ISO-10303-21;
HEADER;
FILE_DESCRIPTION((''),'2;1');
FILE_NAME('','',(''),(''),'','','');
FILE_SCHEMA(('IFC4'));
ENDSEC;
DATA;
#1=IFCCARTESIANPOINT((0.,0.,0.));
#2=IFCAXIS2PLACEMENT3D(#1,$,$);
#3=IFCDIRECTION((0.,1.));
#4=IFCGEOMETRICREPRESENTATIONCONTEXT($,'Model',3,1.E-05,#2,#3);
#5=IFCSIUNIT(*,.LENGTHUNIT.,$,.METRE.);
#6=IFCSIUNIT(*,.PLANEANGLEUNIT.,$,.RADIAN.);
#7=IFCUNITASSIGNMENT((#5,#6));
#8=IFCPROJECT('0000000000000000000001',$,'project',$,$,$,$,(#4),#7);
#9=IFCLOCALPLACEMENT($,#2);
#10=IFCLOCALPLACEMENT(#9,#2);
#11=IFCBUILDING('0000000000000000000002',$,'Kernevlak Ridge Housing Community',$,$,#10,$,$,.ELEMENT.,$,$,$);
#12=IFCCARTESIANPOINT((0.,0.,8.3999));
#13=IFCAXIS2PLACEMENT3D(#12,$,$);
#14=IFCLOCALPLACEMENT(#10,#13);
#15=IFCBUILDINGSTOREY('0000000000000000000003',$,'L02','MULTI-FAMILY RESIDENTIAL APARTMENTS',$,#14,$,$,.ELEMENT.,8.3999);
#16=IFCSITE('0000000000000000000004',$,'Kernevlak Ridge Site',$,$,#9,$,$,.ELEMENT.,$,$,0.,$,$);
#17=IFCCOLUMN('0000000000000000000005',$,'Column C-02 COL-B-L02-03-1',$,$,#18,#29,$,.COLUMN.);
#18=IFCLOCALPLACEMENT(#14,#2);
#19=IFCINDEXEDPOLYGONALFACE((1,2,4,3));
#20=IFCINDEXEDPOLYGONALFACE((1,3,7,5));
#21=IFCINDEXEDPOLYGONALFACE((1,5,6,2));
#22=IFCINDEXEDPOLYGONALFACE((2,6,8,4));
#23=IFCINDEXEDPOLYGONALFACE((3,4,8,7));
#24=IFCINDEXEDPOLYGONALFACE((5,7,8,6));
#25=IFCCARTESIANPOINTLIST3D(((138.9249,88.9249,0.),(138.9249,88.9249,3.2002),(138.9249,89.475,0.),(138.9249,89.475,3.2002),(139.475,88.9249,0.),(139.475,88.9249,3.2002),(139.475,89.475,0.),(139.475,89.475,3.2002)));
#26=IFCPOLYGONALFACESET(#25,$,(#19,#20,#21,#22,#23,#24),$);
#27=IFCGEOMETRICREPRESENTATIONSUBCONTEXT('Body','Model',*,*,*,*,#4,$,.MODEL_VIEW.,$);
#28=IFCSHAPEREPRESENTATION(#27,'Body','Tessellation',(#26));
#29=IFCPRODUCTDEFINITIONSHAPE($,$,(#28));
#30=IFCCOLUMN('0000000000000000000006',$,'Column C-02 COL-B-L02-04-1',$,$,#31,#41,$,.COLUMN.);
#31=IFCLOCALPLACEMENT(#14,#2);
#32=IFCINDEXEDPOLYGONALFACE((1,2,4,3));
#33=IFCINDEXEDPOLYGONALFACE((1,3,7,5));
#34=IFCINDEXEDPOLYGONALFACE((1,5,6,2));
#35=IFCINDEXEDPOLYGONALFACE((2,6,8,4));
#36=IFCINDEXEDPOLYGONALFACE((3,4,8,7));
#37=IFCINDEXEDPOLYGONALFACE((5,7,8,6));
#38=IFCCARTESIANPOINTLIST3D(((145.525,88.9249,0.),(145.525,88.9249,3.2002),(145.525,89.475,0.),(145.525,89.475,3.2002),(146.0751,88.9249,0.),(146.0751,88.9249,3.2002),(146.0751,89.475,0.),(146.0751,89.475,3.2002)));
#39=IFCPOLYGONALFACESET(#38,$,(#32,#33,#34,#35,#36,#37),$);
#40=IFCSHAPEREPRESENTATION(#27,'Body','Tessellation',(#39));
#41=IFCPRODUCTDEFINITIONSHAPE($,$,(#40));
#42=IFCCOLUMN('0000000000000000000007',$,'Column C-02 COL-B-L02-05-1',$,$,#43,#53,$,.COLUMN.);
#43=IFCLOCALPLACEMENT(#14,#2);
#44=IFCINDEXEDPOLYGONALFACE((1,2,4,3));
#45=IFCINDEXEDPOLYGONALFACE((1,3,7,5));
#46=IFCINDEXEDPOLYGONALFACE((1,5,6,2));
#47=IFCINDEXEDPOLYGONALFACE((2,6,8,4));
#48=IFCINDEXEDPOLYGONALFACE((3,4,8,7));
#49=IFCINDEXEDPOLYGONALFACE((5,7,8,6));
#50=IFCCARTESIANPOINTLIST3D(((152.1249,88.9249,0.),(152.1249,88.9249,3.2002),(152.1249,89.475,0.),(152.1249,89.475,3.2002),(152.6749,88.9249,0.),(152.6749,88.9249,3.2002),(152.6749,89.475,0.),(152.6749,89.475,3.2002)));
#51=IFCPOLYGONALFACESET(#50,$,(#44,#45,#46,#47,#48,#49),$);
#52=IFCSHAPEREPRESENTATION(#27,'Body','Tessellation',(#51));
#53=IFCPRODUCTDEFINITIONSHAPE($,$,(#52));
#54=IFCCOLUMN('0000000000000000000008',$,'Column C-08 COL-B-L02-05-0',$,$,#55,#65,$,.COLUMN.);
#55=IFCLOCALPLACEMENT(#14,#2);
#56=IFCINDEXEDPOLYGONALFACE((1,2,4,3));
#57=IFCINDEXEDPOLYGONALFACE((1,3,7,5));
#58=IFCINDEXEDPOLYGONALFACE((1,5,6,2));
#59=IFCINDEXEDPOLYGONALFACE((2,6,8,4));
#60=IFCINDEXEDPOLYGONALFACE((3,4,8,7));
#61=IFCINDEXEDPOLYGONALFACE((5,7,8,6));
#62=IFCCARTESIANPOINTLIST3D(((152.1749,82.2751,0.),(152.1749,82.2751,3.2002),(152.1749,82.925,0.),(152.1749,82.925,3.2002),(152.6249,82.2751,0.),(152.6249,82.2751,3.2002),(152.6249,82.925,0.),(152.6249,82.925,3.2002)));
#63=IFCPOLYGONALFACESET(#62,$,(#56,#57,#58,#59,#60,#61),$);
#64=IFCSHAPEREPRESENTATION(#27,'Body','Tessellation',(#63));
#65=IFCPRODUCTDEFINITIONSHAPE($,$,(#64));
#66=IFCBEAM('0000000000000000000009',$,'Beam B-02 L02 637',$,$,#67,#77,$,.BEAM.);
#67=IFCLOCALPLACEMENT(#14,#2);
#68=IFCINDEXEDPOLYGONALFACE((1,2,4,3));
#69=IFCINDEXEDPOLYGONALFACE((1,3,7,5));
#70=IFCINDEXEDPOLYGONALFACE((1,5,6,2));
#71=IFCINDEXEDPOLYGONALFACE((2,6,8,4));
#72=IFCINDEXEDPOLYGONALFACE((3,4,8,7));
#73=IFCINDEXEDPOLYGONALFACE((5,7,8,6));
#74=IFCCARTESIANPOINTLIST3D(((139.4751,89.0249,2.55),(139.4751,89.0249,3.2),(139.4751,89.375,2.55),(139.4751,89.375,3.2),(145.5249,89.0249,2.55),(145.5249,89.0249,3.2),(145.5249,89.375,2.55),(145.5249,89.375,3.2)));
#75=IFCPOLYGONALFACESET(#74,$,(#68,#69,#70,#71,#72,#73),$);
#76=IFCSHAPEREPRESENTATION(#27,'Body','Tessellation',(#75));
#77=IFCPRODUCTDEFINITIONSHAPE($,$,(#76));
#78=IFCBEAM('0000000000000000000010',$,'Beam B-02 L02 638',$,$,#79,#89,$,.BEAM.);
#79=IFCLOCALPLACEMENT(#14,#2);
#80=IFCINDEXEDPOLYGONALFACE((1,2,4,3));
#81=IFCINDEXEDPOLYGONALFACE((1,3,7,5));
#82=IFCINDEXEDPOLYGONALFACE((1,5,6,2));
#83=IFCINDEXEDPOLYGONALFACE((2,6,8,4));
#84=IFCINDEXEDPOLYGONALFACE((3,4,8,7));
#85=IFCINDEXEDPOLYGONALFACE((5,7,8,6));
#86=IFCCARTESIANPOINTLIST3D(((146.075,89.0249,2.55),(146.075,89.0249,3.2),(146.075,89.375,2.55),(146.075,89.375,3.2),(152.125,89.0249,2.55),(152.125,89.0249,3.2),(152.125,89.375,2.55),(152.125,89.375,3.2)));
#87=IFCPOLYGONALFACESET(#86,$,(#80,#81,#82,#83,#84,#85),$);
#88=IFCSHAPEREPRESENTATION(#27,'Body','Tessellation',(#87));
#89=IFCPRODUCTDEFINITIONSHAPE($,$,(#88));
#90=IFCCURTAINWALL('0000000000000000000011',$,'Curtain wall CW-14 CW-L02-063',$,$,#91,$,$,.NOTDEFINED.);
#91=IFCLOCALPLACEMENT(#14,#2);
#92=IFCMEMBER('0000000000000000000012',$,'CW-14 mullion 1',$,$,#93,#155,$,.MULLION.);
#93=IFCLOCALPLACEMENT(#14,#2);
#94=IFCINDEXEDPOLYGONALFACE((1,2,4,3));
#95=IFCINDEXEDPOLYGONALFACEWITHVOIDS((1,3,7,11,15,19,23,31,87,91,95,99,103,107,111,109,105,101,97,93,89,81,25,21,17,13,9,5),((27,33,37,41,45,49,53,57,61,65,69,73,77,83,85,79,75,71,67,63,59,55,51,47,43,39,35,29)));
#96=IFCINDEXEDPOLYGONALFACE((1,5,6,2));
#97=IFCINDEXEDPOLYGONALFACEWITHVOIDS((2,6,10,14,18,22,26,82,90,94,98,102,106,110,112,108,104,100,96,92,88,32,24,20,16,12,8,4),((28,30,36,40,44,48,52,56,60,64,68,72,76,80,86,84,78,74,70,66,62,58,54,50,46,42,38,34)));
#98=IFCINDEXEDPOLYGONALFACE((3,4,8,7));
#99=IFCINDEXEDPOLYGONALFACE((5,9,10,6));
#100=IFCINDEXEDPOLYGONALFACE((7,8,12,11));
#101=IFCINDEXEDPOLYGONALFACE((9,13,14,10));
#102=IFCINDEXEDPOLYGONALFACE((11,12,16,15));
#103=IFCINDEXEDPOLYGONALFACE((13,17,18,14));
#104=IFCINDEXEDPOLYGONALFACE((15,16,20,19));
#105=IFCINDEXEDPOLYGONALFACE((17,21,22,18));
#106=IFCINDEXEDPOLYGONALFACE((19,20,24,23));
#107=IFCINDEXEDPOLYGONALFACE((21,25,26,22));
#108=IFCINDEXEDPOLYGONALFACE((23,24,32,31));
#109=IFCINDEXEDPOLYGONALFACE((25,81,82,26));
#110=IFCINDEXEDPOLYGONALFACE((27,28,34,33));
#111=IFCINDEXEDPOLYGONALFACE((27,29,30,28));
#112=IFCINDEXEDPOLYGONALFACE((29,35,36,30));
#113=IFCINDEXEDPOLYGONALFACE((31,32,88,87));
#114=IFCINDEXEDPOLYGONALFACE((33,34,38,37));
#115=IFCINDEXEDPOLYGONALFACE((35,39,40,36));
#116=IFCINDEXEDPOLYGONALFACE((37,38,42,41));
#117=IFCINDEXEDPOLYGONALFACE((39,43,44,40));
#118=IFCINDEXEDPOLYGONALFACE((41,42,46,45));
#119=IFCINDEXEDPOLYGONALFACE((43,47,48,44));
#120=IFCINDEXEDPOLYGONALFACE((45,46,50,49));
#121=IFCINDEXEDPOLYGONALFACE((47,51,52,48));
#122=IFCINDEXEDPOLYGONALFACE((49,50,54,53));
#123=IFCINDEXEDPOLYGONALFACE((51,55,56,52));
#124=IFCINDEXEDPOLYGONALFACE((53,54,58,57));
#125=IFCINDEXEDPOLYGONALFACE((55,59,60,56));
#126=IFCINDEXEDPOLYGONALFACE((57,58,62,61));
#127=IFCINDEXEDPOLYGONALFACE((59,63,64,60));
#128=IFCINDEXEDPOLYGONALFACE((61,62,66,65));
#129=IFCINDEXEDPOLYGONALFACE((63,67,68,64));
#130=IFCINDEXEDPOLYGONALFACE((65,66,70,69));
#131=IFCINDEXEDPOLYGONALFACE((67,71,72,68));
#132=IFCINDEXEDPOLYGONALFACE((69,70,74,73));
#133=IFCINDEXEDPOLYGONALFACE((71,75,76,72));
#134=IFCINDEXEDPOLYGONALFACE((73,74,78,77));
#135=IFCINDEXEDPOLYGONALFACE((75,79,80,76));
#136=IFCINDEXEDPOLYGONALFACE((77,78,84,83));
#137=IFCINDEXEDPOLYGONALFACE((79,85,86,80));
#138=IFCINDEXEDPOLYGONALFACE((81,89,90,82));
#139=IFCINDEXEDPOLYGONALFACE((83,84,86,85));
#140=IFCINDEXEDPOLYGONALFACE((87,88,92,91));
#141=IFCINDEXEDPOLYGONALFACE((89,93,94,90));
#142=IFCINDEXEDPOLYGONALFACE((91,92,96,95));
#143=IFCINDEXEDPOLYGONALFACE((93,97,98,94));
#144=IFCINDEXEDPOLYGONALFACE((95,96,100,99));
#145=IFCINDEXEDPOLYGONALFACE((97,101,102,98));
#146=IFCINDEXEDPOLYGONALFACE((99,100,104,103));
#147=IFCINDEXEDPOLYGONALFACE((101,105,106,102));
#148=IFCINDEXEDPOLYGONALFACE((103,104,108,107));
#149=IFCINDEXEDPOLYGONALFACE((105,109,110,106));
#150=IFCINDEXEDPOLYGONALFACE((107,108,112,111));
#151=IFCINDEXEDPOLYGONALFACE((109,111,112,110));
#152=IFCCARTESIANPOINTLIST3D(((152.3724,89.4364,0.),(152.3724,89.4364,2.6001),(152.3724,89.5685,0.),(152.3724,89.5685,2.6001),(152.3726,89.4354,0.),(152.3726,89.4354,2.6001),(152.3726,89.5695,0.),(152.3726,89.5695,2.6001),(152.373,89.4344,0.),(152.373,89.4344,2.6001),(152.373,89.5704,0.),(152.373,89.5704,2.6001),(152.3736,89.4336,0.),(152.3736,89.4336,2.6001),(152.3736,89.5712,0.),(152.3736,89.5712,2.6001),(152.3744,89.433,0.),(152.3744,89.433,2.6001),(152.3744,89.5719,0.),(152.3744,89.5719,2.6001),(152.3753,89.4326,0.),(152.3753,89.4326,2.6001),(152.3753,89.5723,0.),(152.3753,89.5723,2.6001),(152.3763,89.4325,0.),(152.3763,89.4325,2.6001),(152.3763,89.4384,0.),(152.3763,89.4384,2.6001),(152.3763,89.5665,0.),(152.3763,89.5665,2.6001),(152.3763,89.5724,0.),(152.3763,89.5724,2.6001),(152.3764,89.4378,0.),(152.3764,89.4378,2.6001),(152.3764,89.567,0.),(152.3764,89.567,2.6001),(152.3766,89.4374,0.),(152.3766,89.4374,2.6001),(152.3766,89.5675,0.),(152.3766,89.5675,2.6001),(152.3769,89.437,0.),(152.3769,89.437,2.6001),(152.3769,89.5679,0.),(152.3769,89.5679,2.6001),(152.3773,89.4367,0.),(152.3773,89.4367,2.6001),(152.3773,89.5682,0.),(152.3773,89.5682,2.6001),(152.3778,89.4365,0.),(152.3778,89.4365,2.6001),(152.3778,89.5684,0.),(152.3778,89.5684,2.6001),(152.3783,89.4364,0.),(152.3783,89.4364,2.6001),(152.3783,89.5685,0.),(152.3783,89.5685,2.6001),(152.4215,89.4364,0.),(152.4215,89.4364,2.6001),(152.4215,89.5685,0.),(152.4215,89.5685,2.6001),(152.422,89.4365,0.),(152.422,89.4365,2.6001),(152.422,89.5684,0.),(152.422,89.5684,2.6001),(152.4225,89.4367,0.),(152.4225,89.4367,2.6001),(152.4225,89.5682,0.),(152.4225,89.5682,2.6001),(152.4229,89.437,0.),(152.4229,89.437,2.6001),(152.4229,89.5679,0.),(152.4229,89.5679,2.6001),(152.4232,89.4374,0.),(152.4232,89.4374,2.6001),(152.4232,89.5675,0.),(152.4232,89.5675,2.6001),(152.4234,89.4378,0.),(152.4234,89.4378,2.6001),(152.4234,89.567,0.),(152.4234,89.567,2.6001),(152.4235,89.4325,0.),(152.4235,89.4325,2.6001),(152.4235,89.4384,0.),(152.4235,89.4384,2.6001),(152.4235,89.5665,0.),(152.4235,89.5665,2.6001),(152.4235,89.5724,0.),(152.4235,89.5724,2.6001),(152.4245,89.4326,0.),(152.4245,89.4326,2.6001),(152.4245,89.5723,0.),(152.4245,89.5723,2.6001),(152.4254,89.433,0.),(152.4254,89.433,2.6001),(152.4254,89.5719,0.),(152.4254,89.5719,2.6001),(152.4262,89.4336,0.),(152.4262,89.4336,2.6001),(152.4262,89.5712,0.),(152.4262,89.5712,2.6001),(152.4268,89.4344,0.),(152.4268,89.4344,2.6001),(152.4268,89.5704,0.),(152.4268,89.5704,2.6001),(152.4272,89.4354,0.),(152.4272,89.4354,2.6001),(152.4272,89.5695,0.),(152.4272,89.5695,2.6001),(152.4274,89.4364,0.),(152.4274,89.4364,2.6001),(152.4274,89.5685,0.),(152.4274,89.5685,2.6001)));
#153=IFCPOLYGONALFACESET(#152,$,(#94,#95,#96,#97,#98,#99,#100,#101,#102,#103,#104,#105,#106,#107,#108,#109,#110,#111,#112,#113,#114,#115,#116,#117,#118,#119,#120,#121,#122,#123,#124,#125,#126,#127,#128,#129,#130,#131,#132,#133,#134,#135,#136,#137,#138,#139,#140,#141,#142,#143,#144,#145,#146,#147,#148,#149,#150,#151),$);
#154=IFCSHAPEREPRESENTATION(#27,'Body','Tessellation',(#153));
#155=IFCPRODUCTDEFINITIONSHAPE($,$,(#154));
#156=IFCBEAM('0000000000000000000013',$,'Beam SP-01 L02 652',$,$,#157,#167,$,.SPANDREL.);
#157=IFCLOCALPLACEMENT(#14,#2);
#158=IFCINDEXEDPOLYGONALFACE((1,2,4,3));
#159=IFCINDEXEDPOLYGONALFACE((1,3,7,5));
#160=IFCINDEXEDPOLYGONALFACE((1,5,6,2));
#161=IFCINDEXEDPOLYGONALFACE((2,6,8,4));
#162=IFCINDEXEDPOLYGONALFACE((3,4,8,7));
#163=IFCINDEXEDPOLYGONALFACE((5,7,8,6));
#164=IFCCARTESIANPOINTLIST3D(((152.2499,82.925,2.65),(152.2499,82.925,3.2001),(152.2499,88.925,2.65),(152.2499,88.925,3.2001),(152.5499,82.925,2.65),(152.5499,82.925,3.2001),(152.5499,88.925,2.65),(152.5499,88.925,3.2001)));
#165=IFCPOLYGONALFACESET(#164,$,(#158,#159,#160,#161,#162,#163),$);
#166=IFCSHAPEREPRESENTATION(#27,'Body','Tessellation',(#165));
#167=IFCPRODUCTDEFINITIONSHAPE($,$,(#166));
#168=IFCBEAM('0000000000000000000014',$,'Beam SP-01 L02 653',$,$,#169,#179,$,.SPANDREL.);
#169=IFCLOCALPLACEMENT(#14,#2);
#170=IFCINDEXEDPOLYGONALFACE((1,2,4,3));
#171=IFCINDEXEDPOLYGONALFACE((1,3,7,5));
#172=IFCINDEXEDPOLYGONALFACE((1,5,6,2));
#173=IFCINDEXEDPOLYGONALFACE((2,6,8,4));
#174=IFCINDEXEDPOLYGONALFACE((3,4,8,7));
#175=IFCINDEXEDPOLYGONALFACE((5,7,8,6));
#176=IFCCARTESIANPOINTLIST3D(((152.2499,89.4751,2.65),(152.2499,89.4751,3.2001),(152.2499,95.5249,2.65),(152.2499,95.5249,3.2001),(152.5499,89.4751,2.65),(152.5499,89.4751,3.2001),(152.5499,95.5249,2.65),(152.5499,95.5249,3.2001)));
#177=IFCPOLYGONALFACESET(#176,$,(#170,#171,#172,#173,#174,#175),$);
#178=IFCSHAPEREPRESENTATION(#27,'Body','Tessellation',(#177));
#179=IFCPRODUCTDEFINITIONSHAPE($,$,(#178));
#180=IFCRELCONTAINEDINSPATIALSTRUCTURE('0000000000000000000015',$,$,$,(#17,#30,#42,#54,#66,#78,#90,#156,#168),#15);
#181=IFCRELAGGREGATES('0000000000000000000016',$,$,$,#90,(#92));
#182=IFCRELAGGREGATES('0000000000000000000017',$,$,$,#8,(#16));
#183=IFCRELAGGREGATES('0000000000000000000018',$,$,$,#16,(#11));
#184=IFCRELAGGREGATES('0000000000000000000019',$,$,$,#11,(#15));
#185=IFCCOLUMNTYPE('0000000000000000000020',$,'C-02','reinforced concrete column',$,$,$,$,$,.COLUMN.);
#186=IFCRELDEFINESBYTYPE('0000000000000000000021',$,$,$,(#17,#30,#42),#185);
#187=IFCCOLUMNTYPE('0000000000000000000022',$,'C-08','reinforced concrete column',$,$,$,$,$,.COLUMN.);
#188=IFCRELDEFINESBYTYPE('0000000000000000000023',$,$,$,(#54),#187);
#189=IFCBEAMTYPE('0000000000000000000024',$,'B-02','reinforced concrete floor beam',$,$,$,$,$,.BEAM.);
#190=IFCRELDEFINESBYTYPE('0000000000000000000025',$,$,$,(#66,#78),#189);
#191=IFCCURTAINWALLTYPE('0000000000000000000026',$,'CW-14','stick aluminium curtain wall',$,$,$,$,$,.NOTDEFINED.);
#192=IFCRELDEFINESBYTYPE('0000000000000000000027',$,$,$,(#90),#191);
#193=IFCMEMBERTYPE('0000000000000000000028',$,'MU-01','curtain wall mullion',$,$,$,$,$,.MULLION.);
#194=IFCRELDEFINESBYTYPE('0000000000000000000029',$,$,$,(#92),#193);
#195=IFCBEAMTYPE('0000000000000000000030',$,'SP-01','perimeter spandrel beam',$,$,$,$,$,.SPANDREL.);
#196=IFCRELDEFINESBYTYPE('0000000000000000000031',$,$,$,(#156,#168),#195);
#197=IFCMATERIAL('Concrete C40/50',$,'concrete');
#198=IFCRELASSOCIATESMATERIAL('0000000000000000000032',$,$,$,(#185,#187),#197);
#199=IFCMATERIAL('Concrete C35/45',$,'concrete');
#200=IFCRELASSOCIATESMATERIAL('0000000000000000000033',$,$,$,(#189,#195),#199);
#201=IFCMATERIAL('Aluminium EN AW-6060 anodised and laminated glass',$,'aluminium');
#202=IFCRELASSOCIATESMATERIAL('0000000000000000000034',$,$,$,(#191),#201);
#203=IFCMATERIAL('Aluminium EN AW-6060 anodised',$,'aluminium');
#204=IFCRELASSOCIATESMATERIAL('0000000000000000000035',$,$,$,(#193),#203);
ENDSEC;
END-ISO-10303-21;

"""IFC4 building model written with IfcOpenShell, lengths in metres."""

from ifc_helpers import new_model, si_unit, direction, frame, origin, origin_2d, place, context, subcontext, project, spatial, rectangle, hollow_rectangle, extrude, material, material_profile, profile_set, type_object, element, aggregate, save


model = new_model("IFC4")

# Units and contexts
model_context = context("Model", 3, precision=1e-05, world=origin(), true_north=direction((0.0, 1.0)))
body_context = subcontext(model_context, "Body", "Model", "MODEL_VIEW")
ifc_project = project(units=[si_unit("LENGTHUNIT", "METRE"), si_unit("PLANEANGLEUNIT", "RADIAN")], contexts=[model_context])

# Site, building, storey
site_placement = place(None, origin())
site = spatial("IfcSite", under=ifc_project, at=site_placement, Name="Kernevlak Ridge Site", CompositionType="ELEMENT", RefElevation=0.0)
building_placement = place(site_placement, origin())
building = spatial("IfcBuilding", under=site, at=building_placement, Name="Kernevlak Ridge Housing Community", CompositionType="ELEMENT")
storey_placement = place(building_placement, frame((0.0, 0.0, 8.3999)))
storey = spatial("IfcBuildingStorey", under=building, at=storey_placement, Name="L02", Description="MULTI-FAMILY RESIDENTIAL APARTMENTS", CompositionType="ELEMENT", Elevation=8.3999)

# Columns
ifc_material_1 = material(Name="Concrete C40/50", Category="concrete")
ifc_material_profile_1 = material_profile(ifc_material_1, rectangle(XDim=0.55, YDim=0.55, at=origin_2d()), Name="RC 550x550")
ifc_profile_set_1 = profile_set([ifc_material_profile_1], Name="Concrete C40/50")
column_type_1 = type_object("IfcColumnType", Name="C-02", Description="reinforced concrete column", PredefinedType="COLUMN", material=ifc_profile_set_1)
for number, where, z_axis, x_axis, name in (
    (1, (139.2, 89.2, 0.0), (0.0, 0.0, 1.0), (1.0, 0.0, 0.0), "Column C-02 COL-B-L02-03-1"),
    (2, (145.8, 89.2, 0.0), (0.0, 0.0, 1.0), (1.0, 0.0, 0.0), "Column C-02 COL-B-L02-04-1"),
    (3, (152.3999, 89.2, 0.0), (0.0, 0.0, 1.0), (1.0, 0.0, 0.0), "Column C-02 COL-B-L02-05-1"),
):
    element("IfcColumn", number, at=place(storey_placement, frame(where, z_axis=z_axis, x_axis=x_axis)), inside=storey, type_object=column_type_1, Name=name, PredefinedType="COLUMN", context=body_context, shape_type="SweptSolid", body=[
        extrude(rectangle(XDim=0.55, YDim=0.55, at=origin_2d()), origin(), (0.0, 0.0, 1.0), 3.2002),
    ])
ifc_material_profile_2 = material_profile(ifc_material_1, rectangle(XDim=0.45, YDim=0.6499, at=origin_2d()), Name="RC 450x650")
ifc_profile_set_2 = profile_set([ifc_material_profile_2], Name="Concrete C40/50")
column_type_2 = type_object("IfcColumnType", Name="C-08", Description="reinforced concrete column", PredefinedType="COLUMN", material=ifc_profile_set_2)
column_placement = place(storey_placement, frame((152.3999, 82.6001, 0.0), z_axis=(0.0, 0.0, 1.0), x_axis=(1.0, 0.0, 0.0)))
element("IfcColumn", 4, at=column_placement, inside=storey, type_object=column_type_2, Name="Column C-08 COL-B-L02-05-0", PredefinedType="COLUMN", context=body_context, shape_type="SweptSolid", body=[
    extrude(rectangle(XDim=0.45, YDim=0.6499, at=origin_2d()), origin(), (0.0, 0.0, 1.0), 3.2002),
])

# Beams
ifc_material_2 = material(Name="Concrete C35/45", Category="concrete")
ifc_material_profile_3 = material_profile(ifc_material_2, rectangle(XDim=0.3501, YDim=0.6499, at=origin_2d()), Name="RC 350x650")
ifc_profile_set_3 = profile_set([ifc_material_profile_3], Name="Concrete C35/45")
beam_type_1 = type_object("IfcBeamType", Name="B-02", Description="reinforced concrete floor beam", PredefinedType="BEAM", material=ifc_profile_set_3)
beam_1_placement = place(storey_placement, frame((139.4751, 89.2, 2.875), z_axis=(1.0, 0.0, 0.0), x_axis=(0.0, 1.0, 0.0)))
element("IfcBeam", 5, at=beam_1_placement, inside=storey, type_object=beam_type_1, Name="Beam B-02 L02 637", PredefinedType="BEAM", context=body_context, shape_type="SweptSolid", body=[
    extrude(rectangle(XDim=0.3501, YDim=0.6499, at=origin_2d()), origin(), (0.0, 0.0, 1.0), 6.0498),
])
beam_2_placement = place(storey_placement, frame((146.075, 89.2, 2.875), z_axis=(1.0, 0.0, 0.0), x_axis=(0.0, 1.0, 0.0)))
element("IfcBeam", 6, at=beam_2_placement, inside=storey, type_object=beam_type_1, Name="Beam B-02 L02 638", PredefinedType="BEAM", context=body_context, shape_type="SweptSolid", body=[
    extrude(rectangle(XDim=0.3501, YDim=0.6499, at=origin_2d()), origin(), (0.0, 0.0, 1.0), 6.05),
])

# Curtain wall, member
ifc_material_3 = material(Name="Aluminium EN AW-6060 anodised and laminated glass", Category="aluminium")
curtain_wall_type = type_object("IfcCurtainWallType", Name="CW-14", Description="stick aluminium curtain wall", PredefinedType="NOTDEFINED", material=ifc_material_3)
curtain_wall_placement = place(storey_placement, origin())
curtain_wall = element("IfcCurtainWall", 7, at=curtain_wall_placement, inside=storey, type_object=curtain_wall_type, Name="Curtain wall CW-14 CW-L02-063", PredefinedType="NOTDEFINED")
ifc_material_4 = material(Name="Aluminium EN AW-6060 anodised", Category="aluminium")
ifc_material_profile_4 = material_profile(ifc_material_4, hollow_rectangle(XDim=0.0549, YDim=0.1399, WallThickness=0.0039, InnerFilletRadius=0.002, OuterFilletRadius=0.0039, at=origin_2d()), Name="ALU 55x140x4")
ifc_profile_set_4 = profile_set([ifc_material_profile_4], Name="Aluminium EN AW-6060 anodised")
member_type_1 = type_object("IfcMemberType", Name="MU-01", Description="curtain wall mullion", PredefinedType="MULLION", material=ifc_profile_set_4)
member_1_placement = place(storey_placement, frame((152.3999, 89.5024, 0.0), z_axis=(0.0, 0.0, 1.0), x_axis=(-1.0, 0.0, 0.0)))
member_1 = element("IfcMember", 8, at=member_1_placement, type_object=member_type_1, Name="CW-14 mullion 1", PredefinedType="MULLION", context=body_context, shape_type="SweptSolid", body=[
    extrude(hollow_rectangle(XDim=0.0549, YDim=0.1399, WallThickness=0.0039, InnerFilletRadius=0.002, OuterFilletRadius=0.0039, at=origin_2d()), origin(), (0.0, 0.0, 1.0), 2.6001),
])

# Beams
ifc_material_profile_5 = material_profile(ifc_material_2, rectangle(XDim=0.3, YDim=0.55, at=origin_2d()), Name="RC 300x550")
ifc_profile_set_5 = profile_set([ifc_material_profile_5], Name="Concrete C35/45")
beam_type_2 = type_object("IfcBeamType", Name="SP-01", Description="perimeter spandrel beam", PredefinedType="SPANDREL", material=ifc_profile_set_5)
beam_3_placement = place(storey_placement, frame((152.3999, 82.925, 2.925), z_axis=(0.0, 1.0, 0.0), x_axis=(-1.0, 0.0, 0.0)))
element("IfcBeam", 9, at=beam_3_placement, inside=storey, type_object=beam_type_2, Name="Beam SP-01 L02 652", PredefinedType="SPANDREL", context=body_context, shape_type="SweptSolid", body=[
    extrude(rectangle(XDim=0.3, YDim=0.55, at=origin_2d()), origin(), (0.0, 0.0, 1.0), 6.0),
])
beam_4_placement = place(storey_placement, frame((152.3999, 89.4751, 2.925), z_axis=(0.0, 1.0, 0.0), x_axis=(-1.0, 0.0, 0.0)))
element("IfcBeam", 10, at=beam_4_placement, inside=storey, type_object=beam_type_2, Name="Beam SP-01 L02 653", PredefinedType="SPANDREL", context=body_context, shape_type="SweptSolid", body=[
    extrude(rectangle(XDim=0.3, YDim=0.55, at=origin_2d()), origin(), (0.0, 0.0, 1.0), 6.0498),
])

aggregate(curtain_wall, [member_1])

save(model, "model.ifc")
